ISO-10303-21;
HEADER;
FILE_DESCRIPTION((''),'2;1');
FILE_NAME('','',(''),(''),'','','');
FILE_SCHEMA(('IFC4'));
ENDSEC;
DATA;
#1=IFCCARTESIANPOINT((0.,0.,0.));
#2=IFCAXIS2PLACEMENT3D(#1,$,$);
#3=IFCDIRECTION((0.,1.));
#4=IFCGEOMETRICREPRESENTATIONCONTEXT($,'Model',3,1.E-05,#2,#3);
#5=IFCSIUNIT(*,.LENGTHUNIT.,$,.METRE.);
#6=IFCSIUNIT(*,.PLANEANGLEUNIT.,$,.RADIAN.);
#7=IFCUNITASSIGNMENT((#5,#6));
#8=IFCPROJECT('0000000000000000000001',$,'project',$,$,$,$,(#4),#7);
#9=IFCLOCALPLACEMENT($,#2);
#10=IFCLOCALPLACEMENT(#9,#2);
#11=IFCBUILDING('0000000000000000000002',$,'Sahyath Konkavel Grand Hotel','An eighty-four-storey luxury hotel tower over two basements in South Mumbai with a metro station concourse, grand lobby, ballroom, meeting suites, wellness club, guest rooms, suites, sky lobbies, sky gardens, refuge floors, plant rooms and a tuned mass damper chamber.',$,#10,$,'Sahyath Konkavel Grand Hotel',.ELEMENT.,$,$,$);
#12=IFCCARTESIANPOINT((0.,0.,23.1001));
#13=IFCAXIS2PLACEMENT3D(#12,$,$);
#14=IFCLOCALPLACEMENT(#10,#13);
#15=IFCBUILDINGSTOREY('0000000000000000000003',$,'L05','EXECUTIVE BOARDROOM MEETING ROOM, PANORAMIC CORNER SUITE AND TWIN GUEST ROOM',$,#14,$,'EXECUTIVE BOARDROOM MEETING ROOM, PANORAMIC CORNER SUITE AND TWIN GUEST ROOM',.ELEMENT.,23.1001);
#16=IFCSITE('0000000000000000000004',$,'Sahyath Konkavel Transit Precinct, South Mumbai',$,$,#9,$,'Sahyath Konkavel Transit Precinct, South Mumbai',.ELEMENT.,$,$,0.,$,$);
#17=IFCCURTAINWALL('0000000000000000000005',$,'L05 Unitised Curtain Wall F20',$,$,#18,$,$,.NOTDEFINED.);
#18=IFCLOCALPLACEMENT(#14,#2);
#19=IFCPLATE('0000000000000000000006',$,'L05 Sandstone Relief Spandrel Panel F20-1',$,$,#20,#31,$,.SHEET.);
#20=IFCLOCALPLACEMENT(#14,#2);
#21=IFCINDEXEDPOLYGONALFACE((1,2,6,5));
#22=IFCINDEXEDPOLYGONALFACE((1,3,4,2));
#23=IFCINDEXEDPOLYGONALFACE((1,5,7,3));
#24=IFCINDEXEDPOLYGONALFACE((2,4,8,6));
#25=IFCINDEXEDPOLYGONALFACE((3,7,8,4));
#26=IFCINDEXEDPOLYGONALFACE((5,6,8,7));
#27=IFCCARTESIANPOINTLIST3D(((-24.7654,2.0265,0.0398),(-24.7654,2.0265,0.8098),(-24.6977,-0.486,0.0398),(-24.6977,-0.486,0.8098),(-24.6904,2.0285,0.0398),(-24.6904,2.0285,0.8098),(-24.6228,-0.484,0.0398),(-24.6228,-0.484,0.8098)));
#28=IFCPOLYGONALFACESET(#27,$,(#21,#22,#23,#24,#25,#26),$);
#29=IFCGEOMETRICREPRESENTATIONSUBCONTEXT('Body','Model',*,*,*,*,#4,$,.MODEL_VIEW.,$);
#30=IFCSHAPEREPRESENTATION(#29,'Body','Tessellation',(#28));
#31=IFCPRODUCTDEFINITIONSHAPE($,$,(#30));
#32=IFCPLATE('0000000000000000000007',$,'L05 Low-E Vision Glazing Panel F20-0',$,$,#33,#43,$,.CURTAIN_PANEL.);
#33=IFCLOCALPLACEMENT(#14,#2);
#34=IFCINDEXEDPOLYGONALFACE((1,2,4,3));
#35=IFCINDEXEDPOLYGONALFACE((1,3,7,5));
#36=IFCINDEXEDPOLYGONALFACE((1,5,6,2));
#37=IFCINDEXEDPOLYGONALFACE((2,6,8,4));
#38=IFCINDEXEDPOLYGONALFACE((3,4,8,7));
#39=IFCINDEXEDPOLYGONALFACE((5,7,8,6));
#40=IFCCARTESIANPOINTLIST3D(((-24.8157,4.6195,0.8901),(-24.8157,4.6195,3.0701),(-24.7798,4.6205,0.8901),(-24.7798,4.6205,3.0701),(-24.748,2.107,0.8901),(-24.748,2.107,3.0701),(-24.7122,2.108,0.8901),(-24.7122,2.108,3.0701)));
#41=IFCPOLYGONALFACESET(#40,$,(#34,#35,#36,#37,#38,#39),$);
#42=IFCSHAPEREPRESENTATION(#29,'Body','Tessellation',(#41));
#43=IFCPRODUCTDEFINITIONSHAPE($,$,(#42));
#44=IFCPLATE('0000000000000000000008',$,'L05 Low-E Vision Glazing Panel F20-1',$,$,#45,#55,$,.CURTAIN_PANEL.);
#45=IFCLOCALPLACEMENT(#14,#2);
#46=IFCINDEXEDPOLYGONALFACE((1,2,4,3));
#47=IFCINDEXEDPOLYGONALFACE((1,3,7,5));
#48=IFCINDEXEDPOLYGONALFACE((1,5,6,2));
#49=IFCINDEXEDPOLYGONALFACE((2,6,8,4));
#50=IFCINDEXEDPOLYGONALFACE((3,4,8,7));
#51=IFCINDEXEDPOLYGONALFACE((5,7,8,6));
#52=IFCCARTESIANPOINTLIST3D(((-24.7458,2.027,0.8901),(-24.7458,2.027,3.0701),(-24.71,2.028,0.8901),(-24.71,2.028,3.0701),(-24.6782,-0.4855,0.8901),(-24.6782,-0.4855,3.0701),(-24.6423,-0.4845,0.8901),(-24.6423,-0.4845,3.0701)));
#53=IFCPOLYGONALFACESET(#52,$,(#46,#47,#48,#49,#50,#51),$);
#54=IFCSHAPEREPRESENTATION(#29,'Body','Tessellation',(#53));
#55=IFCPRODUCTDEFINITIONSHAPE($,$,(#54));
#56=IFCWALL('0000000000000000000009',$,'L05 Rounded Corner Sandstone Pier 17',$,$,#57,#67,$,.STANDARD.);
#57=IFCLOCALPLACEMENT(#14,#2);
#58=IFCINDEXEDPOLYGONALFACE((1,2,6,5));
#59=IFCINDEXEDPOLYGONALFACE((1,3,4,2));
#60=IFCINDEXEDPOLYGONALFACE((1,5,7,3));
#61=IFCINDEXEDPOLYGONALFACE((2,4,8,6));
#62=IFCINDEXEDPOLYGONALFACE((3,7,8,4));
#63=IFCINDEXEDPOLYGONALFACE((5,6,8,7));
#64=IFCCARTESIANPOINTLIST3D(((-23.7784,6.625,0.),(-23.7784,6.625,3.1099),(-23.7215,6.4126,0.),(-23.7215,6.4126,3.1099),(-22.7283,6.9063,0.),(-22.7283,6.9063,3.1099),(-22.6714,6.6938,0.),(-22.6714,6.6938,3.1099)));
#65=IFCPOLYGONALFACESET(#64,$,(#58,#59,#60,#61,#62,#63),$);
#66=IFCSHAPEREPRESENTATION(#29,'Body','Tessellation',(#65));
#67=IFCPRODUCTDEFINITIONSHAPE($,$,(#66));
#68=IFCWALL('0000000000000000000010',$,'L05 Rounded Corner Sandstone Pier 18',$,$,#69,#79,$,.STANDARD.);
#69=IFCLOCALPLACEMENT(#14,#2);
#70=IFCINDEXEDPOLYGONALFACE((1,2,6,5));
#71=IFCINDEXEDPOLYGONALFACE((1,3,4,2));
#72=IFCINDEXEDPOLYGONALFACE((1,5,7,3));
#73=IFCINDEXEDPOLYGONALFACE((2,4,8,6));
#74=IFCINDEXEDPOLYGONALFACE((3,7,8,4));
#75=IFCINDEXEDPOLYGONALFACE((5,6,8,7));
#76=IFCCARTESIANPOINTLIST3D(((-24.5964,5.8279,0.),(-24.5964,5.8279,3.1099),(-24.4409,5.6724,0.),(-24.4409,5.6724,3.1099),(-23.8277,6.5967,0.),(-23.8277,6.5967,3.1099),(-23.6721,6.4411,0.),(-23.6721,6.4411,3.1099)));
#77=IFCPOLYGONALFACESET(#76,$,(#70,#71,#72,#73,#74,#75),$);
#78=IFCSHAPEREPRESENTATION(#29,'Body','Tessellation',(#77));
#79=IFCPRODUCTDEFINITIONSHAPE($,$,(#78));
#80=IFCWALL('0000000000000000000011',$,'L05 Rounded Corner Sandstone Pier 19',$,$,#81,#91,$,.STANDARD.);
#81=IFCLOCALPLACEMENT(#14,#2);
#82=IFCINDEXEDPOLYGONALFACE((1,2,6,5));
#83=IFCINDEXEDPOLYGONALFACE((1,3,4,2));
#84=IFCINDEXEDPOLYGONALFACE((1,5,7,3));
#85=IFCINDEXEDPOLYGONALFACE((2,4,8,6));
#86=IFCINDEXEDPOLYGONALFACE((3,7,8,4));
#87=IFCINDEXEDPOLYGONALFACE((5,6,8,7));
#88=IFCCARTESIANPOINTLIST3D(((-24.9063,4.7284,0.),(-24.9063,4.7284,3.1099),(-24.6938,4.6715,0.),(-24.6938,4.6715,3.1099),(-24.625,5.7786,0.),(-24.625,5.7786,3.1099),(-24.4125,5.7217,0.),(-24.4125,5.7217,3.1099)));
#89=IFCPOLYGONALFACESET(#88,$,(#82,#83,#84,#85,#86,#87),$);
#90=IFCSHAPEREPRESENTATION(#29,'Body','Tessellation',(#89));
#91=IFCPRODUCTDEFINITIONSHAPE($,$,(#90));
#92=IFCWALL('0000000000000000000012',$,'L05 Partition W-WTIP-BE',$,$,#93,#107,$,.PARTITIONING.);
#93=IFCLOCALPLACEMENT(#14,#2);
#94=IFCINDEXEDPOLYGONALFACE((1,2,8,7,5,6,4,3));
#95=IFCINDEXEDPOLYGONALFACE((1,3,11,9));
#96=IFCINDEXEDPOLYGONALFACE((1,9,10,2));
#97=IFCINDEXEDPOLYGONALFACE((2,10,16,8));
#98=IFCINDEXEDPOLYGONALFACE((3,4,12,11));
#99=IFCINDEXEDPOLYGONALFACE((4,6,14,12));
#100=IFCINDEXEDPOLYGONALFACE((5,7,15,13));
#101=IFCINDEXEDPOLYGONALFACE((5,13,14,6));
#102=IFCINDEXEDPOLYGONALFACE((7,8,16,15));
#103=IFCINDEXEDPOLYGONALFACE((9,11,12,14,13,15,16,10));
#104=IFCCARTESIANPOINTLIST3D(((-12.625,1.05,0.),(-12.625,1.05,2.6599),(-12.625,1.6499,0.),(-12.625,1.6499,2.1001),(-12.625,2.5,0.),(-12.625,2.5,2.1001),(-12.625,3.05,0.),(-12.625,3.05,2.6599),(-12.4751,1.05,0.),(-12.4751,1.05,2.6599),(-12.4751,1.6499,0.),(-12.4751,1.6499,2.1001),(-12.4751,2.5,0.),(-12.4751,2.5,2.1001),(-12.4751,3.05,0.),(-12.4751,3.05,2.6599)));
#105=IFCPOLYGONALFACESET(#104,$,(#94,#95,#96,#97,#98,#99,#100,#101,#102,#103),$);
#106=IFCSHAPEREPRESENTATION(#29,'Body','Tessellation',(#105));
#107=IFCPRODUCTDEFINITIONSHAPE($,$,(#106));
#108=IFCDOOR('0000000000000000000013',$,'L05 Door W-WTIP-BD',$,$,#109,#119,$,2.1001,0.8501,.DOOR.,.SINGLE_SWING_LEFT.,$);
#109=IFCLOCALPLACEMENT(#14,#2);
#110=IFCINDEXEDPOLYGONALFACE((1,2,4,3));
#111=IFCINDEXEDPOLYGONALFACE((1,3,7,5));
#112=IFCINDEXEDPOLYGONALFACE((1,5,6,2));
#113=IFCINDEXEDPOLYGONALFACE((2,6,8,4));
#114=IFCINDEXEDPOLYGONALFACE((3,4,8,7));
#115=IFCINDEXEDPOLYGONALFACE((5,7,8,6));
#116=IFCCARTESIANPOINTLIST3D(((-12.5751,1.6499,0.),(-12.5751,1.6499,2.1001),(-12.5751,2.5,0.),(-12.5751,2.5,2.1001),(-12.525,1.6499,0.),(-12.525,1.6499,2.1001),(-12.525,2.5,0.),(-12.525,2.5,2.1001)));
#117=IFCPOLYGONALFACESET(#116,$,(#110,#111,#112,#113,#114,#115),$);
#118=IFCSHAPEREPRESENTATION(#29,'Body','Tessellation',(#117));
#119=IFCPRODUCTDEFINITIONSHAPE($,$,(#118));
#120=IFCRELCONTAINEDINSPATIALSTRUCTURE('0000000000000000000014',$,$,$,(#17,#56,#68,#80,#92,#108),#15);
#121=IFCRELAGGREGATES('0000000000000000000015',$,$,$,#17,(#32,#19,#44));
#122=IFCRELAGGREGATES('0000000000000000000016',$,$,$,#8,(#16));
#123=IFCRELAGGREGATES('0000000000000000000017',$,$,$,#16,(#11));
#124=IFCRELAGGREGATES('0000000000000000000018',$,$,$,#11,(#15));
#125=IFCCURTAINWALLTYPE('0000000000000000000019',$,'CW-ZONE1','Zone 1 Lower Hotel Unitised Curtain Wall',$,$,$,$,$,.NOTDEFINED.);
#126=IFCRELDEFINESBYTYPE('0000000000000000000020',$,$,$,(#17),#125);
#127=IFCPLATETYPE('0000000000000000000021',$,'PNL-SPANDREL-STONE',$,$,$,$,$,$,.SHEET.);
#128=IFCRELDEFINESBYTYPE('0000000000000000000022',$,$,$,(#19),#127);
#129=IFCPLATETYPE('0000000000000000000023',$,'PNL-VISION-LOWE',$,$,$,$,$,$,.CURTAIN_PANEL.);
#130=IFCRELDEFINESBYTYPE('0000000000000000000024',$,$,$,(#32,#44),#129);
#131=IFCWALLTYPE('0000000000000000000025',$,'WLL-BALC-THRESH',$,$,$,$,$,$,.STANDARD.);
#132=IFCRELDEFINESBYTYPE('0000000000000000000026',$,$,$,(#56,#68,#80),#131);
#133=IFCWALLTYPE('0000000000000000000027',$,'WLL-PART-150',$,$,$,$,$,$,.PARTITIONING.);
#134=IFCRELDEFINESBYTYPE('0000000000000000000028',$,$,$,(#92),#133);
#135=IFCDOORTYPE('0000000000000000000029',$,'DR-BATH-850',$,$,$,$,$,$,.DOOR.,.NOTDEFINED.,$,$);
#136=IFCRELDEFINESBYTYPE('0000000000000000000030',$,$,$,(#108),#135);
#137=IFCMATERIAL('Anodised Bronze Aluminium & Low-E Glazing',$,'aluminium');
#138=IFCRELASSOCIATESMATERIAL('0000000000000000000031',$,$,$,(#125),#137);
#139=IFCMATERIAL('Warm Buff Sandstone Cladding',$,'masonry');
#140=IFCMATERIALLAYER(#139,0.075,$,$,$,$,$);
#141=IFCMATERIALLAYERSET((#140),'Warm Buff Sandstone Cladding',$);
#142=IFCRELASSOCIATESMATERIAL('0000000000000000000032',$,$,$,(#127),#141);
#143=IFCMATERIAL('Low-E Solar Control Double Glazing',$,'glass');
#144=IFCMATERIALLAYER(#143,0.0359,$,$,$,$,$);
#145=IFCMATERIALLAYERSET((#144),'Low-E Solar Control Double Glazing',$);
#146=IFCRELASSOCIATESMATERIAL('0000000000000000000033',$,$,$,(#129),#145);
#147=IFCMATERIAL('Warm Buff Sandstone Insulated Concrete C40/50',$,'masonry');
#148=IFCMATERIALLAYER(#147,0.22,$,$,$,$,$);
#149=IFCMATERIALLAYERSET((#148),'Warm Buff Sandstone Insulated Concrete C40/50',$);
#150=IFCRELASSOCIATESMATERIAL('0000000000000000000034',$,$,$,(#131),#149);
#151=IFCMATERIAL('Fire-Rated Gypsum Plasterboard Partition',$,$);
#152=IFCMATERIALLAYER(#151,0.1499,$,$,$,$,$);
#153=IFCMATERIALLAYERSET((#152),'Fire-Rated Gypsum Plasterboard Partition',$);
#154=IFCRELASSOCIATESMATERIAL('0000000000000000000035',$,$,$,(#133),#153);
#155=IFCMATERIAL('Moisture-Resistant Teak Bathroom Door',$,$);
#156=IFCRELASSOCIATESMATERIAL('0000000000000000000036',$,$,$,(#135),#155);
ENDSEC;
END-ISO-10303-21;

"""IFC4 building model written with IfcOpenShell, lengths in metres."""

from ifc_helpers import new_model, si_unit, direction, frame, frame_2d, origin, origin_2d, place, context, subcontext, project, spatial, rectangle, extrude, source, transform, mapped, material, layer, layer_set, type_object, element, fill, aggregate, save


model = new_model("IFC4")

# Units and contexts
model_context = context("Model", 3, precision=1e-05, world=origin(), true_north=direction((0.0, 1.0)))
body_context = subcontext(model_context, "Body", "Model", "MODEL_VIEW")
ifc_project = project(units=[si_unit("LENGTHUNIT", "METRE"), si_unit("PLANEANGLEUNIT", "RADIAN")], contexts=[model_context])

# Site, building, storey
site_placement = place(None, origin())
site = spatial("IfcSite", under=ifc_project, at=site_placement, Name="Sahyath Konkavel Transit Precinct, South Mumbai", LongName="Sahyath Konkavel Transit Precinct, South Mumbai", CompositionType="ELEMENT", RefElevation=0.0)
building_placement = place(site_placement, origin())
building = spatial("IfcBuilding", under=site, at=building_placement, Name="Sahyath Konkavel Grand Hotel", Description="An eighty-four-storey luxury hotel tower over two basements in South Mumbai with a metro station concourse, grand lobby, ballroom, meeting suites, wellness club, guest rooms, suites, sky lobbies, sky gardens, refuge floors, plant rooms and a tuned mass damper chamber.", LongName="Sahyath Konkavel Grand Hotel", CompositionType="ELEMENT")
storey_placement = place(building_placement, frame((0.0, 0.0, 23.1001)))
storey = spatial("IfcBuildingStorey", under=building, at=storey_placement, Name="L05", Description="EXECUTIVE BOARDROOM MEETING ROOM, PANORAMIC CORNER SUITE AND TWIN GUEST ROOM", LongName="EXECUTIVE BOARDROOM MEETING ROOM, PANORAMIC CORNER SUITE AND TWIN GUEST ROOM", CompositionType="ELEMENT", Elevation=23.1001)

# Curtain wall
ifc_material_1 = material(Name="Anodised Bronze Aluminium & Low-E Glazing", Category="aluminium")
curtain_wall_type = type_object("IfcCurtainWallType", Name="CW-ZONE1", Description="Zone 1 Lower Hotel Unitised Curtain Wall", PredefinedType="NOTDEFINED", material=ifc_material_1)
curtain_wall_1_placement = place(storey_placement, origin())
curtain_wall_1 = element("IfcCurtainWall", 1, at=curtain_wall_1_placement, inside=storey, type_object=curtain_wall_type, Name="L05 Unitised Curtain Wall F20", PredefinedType="NOTDEFINED")

# Plates
ifc_material_2 = material(Name="Warm Buff Sandstone Cladding", Category="masonry")
ifc_layer_1 = layer(ifc_material_2, 0.075)
ifc_layer_set_1 = layer_set([ifc_layer_1], Name="Warm Buff Sandstone Cladding")
plate_type_1 = type_object("IfcPlateType", Name="PNL-SPANDREL-STONE", PredefinedType="SHEET", material=ifc_layer_set_1)
ifc_material_3 = material(Name="Low-E Solar Control Double Glazing", Category="glass")
ifc_layer_2 = layer(ifc_material_3, 0.0359)
ifc_layer_set_2 = layer_set([ifc_layer_2], Name="Low-E Solar Control Double Glazing")
plate_type_2 = type_object("IfcPlateType", Name="PNL-VISION-LOWE", PredefinedType="CURTAIN_PANEL", material=ifc_layer_set_2)
shared_shape_1 = source(origin(), body_context, "Body", "SweptSolid", [
    extrude(rectangle(XDim=2.5134, YDim=0.075, at=origin_2d()), origin(), (0.0, 0.0, 1.0), 0.77),
])
plate_1_placement = place(storey_placement, frame((-24.6941, 0.7712, 0.0398), z_axis=(0.0, 0.0, 1.0), x_axis=(0.02691, -0.999638, 0.0)))
plate_1 = element("IfcPlate", 2, at=plate_1_placement, type_object=plate_type_1, Name="L05 Sandstone Relief Spandrel Panel F20-1", PredefinedType="SHEET", context=body_context, shape_type="MappedRepresentation", body=[
    mapped(shared_shape_1, transform((0.0, 0.0, 0.0), scale=1.0)),
])
shared_shape_2 = source(origin(), body_context, "Body", "SweptSolid", [
    extrude(rectangle(XDim=2.5134, YDim=0.0359, at=origin_2d()), origin(), (0.0, 0.0, 1.0), 2.1799),
])
plate_2_placement = place(storey_placement, frame((-24.7639, 3.3638, 0.8901), z_axis=(0.0, 0.0, 1.0), x_axis=(0.02691, -0.999638, 0.0)))
plate_2 = element("IfcPlate", 3, at=plate_2_placement, type_object=plate_type_2, Name="L05 Low-E Vision Glazing Panel F20-0", PredefinedType="CURTAIN_PANEL", context=body_context, shape_type="MappedRepresentation", body=[
    mapped(shared_shape_2, transform((0.0, 0.0, 0.0), scale=1.0)),
])
plate_3_placement = place(storey_placement, frame((-24.6941, 0.7712, 0.8901), z_axis=(0.0, 0.0, 1.0), x_axis=(0.02691, -0.999638, 0.0)))
plate_3 = element("IfcPlate", 4, at=plate_3_placement, type_object=plate_type_2, Name="L05 Low-E Vision Glazing Panel F20-1", PredefinedType="CURTAIN_PANEL", context=body_context, shape_type="MappedRepresentation", body=[
    mapped(shared_shape_2, transform((0.0, 0.0, 0.0), scale=1.0)),
])
aggregate(curtain_wall_1, [plate_2, plate_1, plate_3])

# Walls
ifc_material_4 = material(Name="Warm Buff Sandstone Insulated Concrete C40/50", Category="masonry")
ifc_layer_3 = layer(ifc_material_4, 0.22)
ifc_layer_set_3 = layer_set([ifc_layer_3], Name="Warm Buff Sandstone Insulated Concrete C40/50")
wall_type_1 = type_object("IfcWallType", Name="WLL-BALC-THRESH", PredefinedType="STANDARD", material=ifc_layer_set_3)
for number, where, z_axis, x_axis, name in (
    (5, (-22.7, 6.8, 0.0), (0.0, 0.0, 1.0), (-0.965951, -0.258725, 0.0), "L05 Rounded Corner Sandstone Pier 17"),
    (6, (-23.75, 6.5188, 0.0), (0.0, 0.0, 1.0), (-0.707107, -0.707107, 0.0), "L05 Rounded Corner Sandstone Pier 18"),
    (7, (-24.5188, 5.75, 0.0), (0.0, 0.0, 1.0), (-0.258725, -0.965951, 0.0), "L05 Rounded Corner Sandstone Pier 19"),
):
    element("IfcWall", number, at=place(storey_placement, frame(where, z_axis=z_axis, x_axis=x_axis)), inside=storey, type_object=wall_type_1, Name=name, PredefinedType="STANDARD", context=body_context, shape_type="SweptSolid", body=[
        extrude(rectangle(XDim=1.0872, YDim=0.22, at=frame_2d((0.5435, 0.0))), origin(), (0.0, 0.0, 1.0), 3.1099),
    ])

# Wall, opening, door
ifc_material_5 = material(Name="Fire-Rated Gypsum Plasterboard Partition")
ifc_layer_4 = layer(ifc_material_5, 0.1499)
ifc_layer_set_4 = layer_set([ifc_layer_4], Name="Fire-Rated Gypsum Plasterboard Partition")
wall_type_2 = type_object("IfcWallType", Name="WLL-PART-150", PredefinedType="PARTITIONING", material=ifc_layer_set_4)
wall_placement = place(storey_placement, frame((-12.55, 3.05, 0.0), z_axis=(0.0, 0.0, 1.0), x_axis=(0.0, -1.0, 0.0)))
wall = element("IfcWall", 8, at=wall_placement, inside=storey, type_object=wall_type_2, Name="L05 Partition W-WTIP-BE", PredefinedType="PARTITIONING", context=body_context, shape_type="SweptSolid", body=[
    extrude(rectangle(XDim=2.0, YDim=0.1499, at=frame_2d((1.0, 0.0))), origin(), (0.0, 0.0, 1.0), 2.6599),
])
opening_placement = place(wall_placement, frame((0.55, 0.0, 0.0)))
opening = element("IfcOpeningElement", 9, at=opening_placement, cuts=wall, PredefinedType="OPENING", context=body_context, shape_type="SweptSolid", body=[
    extrude(rectangle(XDim=0.8501, YDim=2.1001, at=frame_2d((0.425, 1.05))), frame((0.0, 0.085, 0.0), z_axis=(0.0, -1.0, 0.0), x_axis=(1.0, 0.0, 0.0)), (0.0, 0.0, 1.0), 0.1699),
])
ifc_material_6 = material(Name="Moisture-Resistant Teak Bathroom Door")
door_type = type_object("IfcDoorType", Name="DR-BATH-850", OperationType="NOTDEFINED", PredefinedType="DOOR", material=ifc_material_6)
shared_shape_3 = source(origin(), body_context, "Body", "SweptSolid", [
    extrude(rectangle(XDim=0.8501, YDim=0.05, at=origin_2d()), origin(), (0.0, 0.0, 1.0), 2.1001),
])
door_placement = place(opening_placement, frame((0.425, 0.0, 0.0)))
door = element("IfcDoor", 10, at=door_placement, inside=storey, type_object=door_type, Name="L05 Door W-WTIP-BD", OperationType="SINGLE_SWING_LEFT", OverallHeight=2.1001, OverallWidth=0.8501, PredefinedType="DOOR", context=body_context, shape_type="MappedRepresentation", body=[
    mapped(shared_shape_3, transform((0.0, 0.0, 0.0), scale=1.0)),
])
fill(opening, door)

save(model, "model.ifc")
